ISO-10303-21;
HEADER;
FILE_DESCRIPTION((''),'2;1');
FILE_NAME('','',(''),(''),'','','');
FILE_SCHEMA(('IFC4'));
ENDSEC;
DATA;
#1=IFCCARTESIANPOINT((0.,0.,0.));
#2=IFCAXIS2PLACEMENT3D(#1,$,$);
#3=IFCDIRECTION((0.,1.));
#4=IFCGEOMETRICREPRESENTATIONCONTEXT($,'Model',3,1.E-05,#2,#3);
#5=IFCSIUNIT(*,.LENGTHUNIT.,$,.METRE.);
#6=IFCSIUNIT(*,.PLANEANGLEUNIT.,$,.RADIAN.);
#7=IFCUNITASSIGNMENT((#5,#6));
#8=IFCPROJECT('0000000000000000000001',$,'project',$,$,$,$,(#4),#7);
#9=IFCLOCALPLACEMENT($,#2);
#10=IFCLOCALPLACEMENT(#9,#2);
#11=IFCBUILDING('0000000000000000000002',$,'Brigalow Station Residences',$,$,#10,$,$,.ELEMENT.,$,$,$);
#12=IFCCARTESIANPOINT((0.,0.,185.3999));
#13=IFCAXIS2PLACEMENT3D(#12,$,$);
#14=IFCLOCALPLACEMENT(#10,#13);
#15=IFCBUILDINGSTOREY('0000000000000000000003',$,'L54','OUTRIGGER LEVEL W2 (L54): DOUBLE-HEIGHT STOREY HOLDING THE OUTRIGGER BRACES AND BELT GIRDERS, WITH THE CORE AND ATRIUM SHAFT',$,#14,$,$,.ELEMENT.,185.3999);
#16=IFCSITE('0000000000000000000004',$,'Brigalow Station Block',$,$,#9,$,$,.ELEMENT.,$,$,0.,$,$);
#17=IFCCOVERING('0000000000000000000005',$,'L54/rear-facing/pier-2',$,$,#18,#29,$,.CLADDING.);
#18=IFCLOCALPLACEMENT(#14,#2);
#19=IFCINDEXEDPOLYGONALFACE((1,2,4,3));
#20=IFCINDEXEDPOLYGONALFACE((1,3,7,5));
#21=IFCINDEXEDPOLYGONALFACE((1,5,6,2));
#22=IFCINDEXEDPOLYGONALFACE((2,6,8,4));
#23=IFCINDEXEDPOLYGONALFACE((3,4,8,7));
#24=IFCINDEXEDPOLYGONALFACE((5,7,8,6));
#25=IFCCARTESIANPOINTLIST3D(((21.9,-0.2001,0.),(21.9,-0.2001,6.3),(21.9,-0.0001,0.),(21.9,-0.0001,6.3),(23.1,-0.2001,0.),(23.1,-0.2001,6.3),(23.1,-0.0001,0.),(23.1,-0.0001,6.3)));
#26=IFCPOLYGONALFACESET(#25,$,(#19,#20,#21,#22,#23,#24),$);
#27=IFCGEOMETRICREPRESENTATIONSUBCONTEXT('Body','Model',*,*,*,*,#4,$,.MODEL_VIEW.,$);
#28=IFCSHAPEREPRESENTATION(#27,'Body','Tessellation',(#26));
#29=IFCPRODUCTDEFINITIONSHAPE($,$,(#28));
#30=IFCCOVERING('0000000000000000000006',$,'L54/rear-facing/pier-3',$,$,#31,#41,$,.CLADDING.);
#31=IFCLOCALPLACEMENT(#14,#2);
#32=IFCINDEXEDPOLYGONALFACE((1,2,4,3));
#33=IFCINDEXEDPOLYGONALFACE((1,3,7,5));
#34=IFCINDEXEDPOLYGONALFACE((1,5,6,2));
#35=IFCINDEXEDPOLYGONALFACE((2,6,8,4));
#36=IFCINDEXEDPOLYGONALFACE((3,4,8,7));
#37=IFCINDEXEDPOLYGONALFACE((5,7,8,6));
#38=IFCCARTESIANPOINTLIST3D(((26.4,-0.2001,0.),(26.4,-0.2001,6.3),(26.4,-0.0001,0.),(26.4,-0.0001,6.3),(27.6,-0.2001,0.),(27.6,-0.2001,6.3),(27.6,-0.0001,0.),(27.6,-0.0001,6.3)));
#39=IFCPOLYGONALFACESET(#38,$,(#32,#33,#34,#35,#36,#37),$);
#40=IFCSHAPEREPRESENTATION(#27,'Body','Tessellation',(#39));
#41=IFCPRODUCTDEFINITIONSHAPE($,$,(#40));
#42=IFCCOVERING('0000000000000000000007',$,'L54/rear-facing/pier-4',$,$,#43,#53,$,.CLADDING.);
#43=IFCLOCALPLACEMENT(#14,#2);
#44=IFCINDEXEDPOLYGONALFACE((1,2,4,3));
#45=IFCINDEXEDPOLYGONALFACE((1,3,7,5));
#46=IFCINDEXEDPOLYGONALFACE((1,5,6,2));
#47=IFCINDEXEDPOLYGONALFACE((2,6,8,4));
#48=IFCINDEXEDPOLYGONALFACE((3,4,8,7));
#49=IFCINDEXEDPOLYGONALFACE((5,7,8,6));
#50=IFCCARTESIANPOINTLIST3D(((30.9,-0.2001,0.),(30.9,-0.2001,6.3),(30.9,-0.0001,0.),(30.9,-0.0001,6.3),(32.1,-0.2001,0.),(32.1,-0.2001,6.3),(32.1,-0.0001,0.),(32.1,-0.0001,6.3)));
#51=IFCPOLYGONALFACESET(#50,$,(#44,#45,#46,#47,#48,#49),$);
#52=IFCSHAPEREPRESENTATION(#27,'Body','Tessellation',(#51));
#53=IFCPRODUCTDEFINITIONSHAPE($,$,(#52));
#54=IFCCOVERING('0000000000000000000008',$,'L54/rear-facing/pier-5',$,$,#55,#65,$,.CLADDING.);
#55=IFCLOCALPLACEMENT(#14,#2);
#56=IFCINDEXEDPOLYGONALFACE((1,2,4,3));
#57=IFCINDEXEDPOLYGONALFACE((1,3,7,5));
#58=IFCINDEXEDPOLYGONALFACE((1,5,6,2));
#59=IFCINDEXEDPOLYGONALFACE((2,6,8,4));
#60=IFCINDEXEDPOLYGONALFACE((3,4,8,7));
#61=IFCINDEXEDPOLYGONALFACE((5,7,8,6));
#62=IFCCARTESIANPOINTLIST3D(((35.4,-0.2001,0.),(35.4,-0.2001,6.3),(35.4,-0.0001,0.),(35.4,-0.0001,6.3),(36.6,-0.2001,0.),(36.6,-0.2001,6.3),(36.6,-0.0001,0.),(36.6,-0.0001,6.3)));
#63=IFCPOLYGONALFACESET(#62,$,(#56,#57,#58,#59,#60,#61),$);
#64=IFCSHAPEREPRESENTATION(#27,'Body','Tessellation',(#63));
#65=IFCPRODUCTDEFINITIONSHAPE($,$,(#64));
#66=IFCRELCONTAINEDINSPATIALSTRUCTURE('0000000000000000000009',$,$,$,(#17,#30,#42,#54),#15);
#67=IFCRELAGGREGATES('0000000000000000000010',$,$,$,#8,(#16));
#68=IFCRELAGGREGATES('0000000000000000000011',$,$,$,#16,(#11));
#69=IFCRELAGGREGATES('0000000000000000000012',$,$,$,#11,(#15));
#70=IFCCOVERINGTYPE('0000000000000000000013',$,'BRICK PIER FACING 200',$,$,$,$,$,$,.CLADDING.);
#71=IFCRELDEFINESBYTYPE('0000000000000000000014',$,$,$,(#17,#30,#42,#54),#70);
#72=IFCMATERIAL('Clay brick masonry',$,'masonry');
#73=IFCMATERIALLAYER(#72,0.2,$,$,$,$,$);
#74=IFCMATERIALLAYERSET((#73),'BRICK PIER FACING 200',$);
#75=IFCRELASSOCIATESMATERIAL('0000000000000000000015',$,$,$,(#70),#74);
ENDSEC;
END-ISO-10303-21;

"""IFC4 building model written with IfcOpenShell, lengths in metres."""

from ifc_helpers import new_model, si_unit, direction, frame, origin, origin_2d, place, context, subcontext, project, spatial, rectangle, extrude, material, layer, layer_set, type_object, element, save


model = new_model("IFC4")

# Units and contexts
model_context = context("Model", 3, precision=1e-05, world=origin(), true_north=direction((0.0, 1.0)))
body_context = subcontext(model_context, "Body", "Model", "MODEL_VIEW")
ifc_project = project(units=[si_unit("LENGTHUNIT", "METRE"), si_unit("PLANEANGLEUNIT", "RADIAN")], contexts=[model_context])

# Site, building, storey
site_placement = place(None, origin())
site = spatial("IfcSite", under=ifc_project, at=site_placement, Name="Brigalow Station Block", CompositionType="ELEMENT", RefElevation=0.0)
building_placement = place(site_placement, origin())
building = spatial("IfcBuilding", under=site, at=building_placement, Name="Brigalow Station Residences", CompositionType="ELEMENT")
storey_placement = place(building_placement, frame((0.0, 0.0, 185.3999)))
storey = spatial("IfcBuildingStorey", under=building, at=storey_placement, Name="L54", Description="OUTRIGGER LEVEL W2 (L54): DOUBLE-HEIGHT STOREY HOLDING THE OUTRIGGER BRACES AND BELT GIRDERS, WITH THE CORE AND ATRIUM SHAFT", CompositionType="ELEMENT", Elevation=185.3999)

# Coverings
ifc_material_1 = material(Name="Clay brick masonry", Category="masonry")
ifc_layer_1 = layer(ifc_material_1, 0.2)
ifc_layer_set_1 = layer_set([ifc_layer_1], Name="BRICK PIER FACING 200")
covering_type_1 = type_object("IfcCoveringType", Name="BRICK PIER FACING 200", PredefinedType="CLADDING", material=ifc_layer_set_1)
for number, where, z_axis, x_axis, name in (
    (1, (22.5, -0.1001, 0.0), (0.0, 0.0, 1.0), (1.0, 0.0, 0.0), "L54/rear-facing/pier-2"),
    (2, (27.0, -0.1001, 0.0), (0.0, 0.0, 1.0), (1.0, 0.0, 0.0), "L54/rear-facing/pier-3"),
    (3, (31.5, -0.1001, 0.0), (0.0, 0.0, 1.0), (1.0, 0.0, 0.0), "L54/rear-facing/pier-4"),
    (4, (36.0, -0.1001, 0.0), (0.0, 0.0, 1.0), (1.0, 0.0, 0.0), "L54/rear-facing/pier-5"),
):
    element("IfcCovering", number, at=place(storey_placement, frame(where, z_axis=z_axis, x_axis=x_axis)), inside=storey, type_object=covering_type_1, Name=name, PredefinedType="CLADDING", context=body_context, shape_type="SweptSolid", body=[
        extrude(rectangle(XDim=1.2, YDim=0.2, at=origin_2d()), origin(), (0.0, 0.0, 1.0), 6.3),
    ])

save(model, "model.ifc")
